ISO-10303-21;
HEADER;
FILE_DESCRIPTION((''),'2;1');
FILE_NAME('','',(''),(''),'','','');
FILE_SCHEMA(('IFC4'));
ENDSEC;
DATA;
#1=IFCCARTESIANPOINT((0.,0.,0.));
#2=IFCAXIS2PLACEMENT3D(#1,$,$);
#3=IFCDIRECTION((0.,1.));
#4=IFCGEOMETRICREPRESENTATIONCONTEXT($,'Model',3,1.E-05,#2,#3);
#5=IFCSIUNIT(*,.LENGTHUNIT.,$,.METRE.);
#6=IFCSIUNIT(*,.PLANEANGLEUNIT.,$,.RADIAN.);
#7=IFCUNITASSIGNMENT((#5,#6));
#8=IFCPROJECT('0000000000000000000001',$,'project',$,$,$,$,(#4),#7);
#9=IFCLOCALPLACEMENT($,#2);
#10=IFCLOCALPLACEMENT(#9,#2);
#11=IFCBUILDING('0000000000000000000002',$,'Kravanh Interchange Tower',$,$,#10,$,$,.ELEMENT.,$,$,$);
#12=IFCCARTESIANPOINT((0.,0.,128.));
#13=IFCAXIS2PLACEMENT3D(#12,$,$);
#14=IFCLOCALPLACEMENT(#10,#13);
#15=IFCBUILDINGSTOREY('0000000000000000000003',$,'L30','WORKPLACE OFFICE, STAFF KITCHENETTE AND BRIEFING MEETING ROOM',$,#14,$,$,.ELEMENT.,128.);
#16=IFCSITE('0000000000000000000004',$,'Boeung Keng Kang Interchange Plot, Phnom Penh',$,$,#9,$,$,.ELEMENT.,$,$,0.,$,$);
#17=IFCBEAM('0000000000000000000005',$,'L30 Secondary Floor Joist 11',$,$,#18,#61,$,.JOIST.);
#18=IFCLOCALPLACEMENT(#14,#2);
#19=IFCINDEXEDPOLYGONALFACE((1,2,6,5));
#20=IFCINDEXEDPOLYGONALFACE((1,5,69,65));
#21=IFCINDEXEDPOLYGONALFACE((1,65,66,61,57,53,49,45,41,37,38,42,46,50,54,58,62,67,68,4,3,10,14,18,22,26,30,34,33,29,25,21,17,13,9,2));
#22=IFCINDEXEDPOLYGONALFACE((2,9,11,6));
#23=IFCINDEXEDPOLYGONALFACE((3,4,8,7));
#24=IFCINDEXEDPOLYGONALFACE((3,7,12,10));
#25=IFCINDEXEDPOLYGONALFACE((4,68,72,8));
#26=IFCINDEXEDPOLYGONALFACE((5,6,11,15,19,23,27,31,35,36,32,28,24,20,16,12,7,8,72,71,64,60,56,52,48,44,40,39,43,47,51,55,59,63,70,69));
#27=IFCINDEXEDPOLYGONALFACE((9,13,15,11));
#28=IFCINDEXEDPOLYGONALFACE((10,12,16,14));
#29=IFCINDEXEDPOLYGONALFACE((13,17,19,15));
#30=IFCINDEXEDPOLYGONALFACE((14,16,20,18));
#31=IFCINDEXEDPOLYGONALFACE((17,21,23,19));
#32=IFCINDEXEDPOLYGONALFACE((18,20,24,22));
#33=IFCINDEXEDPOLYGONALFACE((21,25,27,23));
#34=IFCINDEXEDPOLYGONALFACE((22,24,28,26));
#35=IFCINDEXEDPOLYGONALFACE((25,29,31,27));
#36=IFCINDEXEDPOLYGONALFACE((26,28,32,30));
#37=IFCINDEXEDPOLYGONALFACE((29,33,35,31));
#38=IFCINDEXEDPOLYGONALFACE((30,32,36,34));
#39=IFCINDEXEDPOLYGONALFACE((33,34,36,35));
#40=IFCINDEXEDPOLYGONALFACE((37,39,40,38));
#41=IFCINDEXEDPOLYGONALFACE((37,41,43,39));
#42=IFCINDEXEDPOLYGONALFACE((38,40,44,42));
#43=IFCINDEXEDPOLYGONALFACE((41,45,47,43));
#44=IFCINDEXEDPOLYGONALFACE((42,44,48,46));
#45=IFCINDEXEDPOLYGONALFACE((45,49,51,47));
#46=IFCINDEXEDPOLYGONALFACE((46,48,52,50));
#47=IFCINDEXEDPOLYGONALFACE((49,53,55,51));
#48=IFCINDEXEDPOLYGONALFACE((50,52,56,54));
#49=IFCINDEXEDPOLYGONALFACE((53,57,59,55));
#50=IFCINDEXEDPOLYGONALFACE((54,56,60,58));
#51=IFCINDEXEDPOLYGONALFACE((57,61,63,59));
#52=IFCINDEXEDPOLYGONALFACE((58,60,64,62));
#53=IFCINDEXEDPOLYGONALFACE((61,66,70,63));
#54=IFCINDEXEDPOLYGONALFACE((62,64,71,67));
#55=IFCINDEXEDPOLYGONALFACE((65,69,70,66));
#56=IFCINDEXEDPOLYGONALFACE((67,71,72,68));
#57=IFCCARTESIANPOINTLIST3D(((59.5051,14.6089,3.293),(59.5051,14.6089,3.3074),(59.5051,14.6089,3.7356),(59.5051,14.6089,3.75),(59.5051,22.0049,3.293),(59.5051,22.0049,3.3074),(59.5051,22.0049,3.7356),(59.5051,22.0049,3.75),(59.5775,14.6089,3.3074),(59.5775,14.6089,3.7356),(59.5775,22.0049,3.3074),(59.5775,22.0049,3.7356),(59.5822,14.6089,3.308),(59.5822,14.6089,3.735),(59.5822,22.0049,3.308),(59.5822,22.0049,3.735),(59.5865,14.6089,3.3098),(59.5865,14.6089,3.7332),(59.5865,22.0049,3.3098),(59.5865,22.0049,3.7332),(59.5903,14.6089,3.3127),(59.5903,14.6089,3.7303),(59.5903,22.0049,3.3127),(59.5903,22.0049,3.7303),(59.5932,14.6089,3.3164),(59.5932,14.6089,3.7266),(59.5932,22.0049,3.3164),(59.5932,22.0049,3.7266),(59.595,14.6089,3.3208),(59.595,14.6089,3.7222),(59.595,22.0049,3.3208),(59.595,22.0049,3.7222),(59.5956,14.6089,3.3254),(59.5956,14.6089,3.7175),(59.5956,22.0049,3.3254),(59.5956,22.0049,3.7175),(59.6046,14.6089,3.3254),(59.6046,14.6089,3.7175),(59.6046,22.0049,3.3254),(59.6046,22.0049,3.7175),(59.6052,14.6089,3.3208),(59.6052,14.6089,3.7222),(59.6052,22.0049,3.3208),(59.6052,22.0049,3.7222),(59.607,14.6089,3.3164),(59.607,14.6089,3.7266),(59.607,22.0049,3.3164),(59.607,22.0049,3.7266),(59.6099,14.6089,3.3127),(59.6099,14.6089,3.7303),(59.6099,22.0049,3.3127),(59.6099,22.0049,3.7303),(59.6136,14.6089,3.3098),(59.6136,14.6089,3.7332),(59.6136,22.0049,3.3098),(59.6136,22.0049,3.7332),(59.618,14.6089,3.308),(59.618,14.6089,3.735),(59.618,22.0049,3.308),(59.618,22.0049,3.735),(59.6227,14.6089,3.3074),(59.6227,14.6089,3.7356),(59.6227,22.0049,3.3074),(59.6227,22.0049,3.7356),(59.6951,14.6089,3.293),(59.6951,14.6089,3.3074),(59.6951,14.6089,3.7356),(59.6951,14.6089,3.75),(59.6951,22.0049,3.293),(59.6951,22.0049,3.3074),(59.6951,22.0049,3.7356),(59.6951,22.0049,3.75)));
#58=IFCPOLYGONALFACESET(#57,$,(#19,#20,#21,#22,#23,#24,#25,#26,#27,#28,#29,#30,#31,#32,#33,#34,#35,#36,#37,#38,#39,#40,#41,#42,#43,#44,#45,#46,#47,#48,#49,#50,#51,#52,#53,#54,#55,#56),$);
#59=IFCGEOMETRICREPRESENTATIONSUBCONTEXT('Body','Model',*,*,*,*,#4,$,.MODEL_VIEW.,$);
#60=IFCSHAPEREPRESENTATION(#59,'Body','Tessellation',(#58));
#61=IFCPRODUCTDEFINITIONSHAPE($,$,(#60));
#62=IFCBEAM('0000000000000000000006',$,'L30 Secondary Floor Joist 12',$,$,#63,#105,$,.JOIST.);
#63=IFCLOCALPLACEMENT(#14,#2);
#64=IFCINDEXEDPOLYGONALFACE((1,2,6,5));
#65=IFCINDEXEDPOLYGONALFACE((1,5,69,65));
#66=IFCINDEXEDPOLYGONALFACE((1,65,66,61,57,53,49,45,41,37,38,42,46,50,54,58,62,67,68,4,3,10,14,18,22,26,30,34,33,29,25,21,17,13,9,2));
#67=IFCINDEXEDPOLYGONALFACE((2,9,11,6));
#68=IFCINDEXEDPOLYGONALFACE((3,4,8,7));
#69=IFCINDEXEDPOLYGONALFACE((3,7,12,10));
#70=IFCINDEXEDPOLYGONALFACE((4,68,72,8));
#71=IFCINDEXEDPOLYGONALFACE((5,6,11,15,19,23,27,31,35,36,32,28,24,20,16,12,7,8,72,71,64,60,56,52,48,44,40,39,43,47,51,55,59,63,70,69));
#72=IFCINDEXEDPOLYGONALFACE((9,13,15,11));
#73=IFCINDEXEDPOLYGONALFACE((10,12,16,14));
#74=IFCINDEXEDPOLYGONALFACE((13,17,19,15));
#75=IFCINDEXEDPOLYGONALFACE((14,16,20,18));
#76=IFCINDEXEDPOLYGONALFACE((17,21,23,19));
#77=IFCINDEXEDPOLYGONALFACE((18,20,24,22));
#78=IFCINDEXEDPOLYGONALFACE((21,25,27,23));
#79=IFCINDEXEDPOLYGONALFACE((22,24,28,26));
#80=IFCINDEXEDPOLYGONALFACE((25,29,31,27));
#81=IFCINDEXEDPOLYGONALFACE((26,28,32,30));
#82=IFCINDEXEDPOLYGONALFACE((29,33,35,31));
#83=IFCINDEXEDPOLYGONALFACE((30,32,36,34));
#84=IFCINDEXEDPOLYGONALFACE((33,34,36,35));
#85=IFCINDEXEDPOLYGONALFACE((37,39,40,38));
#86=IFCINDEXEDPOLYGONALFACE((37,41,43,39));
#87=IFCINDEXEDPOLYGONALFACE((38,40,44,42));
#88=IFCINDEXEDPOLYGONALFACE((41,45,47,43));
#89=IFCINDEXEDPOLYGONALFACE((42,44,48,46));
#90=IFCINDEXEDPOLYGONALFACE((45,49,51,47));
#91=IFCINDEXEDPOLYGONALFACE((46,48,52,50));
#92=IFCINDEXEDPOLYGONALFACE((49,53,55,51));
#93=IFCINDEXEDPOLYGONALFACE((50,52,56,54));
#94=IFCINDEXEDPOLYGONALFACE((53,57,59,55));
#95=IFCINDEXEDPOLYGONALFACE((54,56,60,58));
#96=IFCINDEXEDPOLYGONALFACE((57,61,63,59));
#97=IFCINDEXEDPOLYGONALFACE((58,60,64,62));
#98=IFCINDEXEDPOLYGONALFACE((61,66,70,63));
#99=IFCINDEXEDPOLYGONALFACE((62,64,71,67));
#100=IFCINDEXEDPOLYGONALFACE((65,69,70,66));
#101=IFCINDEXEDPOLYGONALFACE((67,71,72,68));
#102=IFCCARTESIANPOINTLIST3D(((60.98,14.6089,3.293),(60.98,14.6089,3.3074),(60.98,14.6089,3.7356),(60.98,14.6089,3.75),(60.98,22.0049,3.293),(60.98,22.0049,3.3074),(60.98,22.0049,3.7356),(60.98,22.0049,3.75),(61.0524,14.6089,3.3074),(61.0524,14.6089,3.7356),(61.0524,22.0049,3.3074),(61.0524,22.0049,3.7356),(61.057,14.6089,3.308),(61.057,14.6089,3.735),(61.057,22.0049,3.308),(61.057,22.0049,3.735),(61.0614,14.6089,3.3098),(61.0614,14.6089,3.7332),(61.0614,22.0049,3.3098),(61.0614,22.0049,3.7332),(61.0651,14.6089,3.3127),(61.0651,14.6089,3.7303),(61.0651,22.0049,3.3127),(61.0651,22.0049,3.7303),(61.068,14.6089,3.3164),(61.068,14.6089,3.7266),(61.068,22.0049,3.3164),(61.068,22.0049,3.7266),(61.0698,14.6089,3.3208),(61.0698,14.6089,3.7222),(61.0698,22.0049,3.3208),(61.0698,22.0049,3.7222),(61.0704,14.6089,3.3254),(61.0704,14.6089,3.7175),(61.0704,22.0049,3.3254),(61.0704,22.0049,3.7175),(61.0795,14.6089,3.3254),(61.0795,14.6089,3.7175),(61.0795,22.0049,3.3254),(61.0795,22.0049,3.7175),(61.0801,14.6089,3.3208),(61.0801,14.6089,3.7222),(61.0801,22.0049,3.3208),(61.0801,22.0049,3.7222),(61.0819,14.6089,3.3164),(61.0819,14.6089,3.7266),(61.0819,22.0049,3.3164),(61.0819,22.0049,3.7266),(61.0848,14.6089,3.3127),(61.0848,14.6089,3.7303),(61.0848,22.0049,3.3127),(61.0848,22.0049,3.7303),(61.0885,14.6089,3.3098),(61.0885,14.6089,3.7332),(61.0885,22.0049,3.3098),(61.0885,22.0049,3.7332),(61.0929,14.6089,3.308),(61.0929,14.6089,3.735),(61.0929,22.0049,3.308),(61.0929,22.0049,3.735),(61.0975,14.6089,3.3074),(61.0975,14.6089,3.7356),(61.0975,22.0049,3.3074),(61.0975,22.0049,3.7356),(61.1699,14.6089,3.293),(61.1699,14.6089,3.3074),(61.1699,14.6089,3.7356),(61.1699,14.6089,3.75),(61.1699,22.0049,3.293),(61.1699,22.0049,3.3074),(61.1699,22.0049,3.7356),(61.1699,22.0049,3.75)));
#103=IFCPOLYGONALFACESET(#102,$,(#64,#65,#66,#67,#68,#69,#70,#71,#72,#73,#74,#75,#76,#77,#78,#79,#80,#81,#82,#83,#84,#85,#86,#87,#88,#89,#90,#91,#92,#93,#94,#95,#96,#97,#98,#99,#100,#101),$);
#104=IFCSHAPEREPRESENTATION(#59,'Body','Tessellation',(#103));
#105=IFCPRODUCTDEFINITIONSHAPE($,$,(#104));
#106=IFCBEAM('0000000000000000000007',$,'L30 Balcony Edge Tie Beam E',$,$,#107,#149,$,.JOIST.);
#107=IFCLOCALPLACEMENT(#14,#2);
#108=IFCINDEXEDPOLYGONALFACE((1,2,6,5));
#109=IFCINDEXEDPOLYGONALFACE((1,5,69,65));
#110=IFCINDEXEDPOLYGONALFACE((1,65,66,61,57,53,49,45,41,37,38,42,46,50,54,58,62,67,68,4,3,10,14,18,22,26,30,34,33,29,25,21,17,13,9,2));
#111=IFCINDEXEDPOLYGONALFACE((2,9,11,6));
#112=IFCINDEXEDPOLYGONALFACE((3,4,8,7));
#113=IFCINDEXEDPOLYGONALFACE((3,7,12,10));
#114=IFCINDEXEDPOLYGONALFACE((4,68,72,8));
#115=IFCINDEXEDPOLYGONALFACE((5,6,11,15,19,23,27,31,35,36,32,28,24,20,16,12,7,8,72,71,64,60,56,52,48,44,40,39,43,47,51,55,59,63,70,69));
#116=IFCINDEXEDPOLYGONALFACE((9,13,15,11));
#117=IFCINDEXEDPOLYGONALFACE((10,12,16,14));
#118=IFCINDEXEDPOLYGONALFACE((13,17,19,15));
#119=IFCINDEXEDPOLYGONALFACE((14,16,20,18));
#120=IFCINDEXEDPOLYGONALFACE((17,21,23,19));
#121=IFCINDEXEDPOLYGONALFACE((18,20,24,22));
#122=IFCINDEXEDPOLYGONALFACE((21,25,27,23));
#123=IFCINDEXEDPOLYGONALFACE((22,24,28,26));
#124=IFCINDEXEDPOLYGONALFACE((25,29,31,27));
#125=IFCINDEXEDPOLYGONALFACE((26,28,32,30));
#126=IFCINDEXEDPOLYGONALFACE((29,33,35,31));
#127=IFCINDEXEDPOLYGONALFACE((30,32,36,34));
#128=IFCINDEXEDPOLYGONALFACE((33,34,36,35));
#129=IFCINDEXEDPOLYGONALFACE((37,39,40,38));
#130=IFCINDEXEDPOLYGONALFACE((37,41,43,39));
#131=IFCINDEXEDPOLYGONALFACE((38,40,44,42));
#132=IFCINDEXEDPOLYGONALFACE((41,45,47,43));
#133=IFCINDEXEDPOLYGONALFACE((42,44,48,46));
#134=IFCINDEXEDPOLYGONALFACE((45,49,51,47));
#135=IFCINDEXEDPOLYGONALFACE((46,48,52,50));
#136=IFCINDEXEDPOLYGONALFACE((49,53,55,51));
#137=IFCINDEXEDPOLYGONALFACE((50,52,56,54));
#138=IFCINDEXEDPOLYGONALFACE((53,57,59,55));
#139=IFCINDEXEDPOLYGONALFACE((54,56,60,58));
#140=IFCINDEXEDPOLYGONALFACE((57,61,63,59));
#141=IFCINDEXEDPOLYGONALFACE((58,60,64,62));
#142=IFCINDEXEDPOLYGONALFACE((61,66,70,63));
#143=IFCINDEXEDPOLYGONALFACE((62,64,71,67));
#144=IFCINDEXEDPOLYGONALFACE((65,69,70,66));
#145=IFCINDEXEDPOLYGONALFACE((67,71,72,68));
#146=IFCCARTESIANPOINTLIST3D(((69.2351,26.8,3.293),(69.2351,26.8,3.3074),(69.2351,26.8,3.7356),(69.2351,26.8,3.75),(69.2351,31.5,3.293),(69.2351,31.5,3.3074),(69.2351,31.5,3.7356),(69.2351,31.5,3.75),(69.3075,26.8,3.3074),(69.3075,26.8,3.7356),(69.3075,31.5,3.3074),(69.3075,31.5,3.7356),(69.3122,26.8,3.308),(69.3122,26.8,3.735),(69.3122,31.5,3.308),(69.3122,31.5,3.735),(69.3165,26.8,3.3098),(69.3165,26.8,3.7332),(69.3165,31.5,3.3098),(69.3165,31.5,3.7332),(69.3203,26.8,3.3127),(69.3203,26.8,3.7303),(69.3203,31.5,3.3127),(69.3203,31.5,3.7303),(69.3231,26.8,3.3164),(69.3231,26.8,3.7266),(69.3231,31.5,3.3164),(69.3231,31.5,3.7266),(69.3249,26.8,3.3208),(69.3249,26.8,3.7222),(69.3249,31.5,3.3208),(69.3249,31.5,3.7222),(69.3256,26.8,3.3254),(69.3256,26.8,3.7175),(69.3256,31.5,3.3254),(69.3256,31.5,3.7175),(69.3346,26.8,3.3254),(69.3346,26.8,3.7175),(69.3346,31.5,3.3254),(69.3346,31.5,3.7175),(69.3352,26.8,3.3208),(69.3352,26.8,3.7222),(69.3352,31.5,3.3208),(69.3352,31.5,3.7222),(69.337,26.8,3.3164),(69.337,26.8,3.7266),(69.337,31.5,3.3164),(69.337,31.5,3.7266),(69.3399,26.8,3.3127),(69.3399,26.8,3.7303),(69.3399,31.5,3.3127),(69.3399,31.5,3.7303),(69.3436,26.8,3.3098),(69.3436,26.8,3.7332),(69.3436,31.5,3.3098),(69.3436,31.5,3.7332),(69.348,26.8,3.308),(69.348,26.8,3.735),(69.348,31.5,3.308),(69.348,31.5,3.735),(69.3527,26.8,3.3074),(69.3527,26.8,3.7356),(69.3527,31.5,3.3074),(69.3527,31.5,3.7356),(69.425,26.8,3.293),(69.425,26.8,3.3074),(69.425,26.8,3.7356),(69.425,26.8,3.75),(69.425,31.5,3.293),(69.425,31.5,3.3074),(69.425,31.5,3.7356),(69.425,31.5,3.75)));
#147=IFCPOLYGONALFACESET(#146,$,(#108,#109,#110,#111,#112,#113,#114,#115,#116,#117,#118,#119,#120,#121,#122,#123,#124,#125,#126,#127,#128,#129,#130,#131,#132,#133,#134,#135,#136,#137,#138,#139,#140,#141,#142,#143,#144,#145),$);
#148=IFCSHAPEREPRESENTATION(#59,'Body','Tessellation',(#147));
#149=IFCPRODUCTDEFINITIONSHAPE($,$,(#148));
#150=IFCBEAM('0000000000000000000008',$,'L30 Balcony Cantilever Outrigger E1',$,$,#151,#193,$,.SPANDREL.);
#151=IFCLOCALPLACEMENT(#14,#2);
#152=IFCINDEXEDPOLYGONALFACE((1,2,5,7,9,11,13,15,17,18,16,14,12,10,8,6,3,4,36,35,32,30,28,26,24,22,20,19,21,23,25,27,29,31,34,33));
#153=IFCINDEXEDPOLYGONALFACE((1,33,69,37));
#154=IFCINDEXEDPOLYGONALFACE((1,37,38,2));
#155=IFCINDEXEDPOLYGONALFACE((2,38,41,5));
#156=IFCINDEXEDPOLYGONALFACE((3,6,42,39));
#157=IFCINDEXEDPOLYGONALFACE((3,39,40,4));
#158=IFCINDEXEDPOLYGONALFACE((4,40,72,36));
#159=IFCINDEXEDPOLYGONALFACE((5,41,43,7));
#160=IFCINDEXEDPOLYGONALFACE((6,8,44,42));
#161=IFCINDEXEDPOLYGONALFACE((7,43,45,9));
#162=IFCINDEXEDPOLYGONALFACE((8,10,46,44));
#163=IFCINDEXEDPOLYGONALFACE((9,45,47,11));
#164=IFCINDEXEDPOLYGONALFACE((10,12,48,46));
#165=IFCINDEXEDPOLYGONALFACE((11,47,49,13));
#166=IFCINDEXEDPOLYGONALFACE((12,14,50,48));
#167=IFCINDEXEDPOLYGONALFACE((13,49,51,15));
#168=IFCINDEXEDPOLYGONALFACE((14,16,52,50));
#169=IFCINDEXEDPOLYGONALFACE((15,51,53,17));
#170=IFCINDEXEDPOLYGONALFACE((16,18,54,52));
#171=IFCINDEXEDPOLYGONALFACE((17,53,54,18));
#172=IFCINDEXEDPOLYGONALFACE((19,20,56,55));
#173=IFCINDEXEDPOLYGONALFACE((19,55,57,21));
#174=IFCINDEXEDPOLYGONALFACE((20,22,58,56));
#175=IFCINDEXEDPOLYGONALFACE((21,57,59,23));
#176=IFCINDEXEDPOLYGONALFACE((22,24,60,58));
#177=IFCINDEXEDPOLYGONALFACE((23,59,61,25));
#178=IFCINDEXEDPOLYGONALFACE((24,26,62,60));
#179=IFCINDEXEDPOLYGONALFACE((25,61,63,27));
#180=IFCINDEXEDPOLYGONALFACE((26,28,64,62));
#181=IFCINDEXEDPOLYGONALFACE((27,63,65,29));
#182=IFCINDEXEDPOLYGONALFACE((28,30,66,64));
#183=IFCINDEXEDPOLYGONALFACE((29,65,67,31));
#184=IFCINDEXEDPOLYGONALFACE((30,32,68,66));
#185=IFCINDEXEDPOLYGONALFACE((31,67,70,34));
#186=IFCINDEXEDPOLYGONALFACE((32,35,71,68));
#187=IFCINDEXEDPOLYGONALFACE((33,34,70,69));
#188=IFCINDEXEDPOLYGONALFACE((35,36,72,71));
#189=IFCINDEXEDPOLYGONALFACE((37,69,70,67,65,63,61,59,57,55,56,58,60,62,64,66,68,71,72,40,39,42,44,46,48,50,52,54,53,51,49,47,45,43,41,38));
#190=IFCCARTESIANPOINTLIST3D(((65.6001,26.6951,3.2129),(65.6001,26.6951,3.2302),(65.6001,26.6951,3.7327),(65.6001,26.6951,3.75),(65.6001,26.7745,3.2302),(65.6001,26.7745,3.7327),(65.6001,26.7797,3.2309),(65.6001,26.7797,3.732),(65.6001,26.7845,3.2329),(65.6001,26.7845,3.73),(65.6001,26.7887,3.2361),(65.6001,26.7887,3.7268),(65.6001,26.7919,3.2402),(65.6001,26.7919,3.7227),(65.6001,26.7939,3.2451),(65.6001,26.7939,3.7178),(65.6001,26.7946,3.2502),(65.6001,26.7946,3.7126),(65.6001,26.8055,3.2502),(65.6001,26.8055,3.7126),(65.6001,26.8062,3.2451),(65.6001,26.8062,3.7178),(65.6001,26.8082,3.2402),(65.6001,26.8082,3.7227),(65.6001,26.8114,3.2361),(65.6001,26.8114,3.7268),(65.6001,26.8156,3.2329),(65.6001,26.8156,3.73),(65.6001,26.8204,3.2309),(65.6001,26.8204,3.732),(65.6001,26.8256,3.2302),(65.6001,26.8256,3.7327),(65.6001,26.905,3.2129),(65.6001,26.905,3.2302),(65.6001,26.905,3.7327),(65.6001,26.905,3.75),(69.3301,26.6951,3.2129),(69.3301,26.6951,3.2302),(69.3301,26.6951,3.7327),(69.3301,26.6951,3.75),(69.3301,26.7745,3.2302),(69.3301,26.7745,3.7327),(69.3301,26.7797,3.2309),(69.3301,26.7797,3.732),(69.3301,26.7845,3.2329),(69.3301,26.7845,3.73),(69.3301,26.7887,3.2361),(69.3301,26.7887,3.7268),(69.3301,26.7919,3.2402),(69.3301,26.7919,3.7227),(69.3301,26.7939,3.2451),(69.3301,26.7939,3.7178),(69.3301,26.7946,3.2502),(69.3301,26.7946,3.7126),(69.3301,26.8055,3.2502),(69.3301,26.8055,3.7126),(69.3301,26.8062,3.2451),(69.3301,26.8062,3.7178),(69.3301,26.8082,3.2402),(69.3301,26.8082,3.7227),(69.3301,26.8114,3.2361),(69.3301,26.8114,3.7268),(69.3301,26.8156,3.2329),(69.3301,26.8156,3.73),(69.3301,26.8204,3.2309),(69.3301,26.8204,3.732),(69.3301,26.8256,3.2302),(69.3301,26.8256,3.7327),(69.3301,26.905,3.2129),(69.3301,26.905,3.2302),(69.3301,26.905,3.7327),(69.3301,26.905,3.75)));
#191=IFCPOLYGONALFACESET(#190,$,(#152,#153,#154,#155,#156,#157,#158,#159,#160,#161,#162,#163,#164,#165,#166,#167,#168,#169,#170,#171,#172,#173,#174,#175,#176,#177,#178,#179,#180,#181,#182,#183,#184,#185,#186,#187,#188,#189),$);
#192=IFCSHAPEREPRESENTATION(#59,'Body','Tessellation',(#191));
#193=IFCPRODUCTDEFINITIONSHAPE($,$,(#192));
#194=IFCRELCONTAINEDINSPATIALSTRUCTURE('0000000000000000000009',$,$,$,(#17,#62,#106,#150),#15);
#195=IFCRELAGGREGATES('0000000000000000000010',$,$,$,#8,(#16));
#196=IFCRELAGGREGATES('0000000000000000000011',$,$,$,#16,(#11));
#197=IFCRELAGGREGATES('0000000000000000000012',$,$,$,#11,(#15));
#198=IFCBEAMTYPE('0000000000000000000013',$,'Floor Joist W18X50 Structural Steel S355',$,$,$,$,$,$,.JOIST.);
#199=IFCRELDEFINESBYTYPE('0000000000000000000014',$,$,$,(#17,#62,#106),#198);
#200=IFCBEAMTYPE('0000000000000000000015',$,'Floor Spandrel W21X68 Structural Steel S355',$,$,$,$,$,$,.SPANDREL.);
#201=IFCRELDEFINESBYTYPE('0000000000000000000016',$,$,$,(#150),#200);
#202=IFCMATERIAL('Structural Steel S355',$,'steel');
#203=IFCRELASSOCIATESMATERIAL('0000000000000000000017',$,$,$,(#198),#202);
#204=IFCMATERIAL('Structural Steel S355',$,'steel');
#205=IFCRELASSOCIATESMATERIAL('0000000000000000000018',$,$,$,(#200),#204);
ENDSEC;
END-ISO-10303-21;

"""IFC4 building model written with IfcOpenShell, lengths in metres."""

from ifc_helpers import new_model, si_unit, direction, frame, origin, origin_2d, place, context, subcontext, project, spatial, i_section, extrude, material, material_profile, profile_set, type_object, element, save


model = new_model("IFC4")

# Units and contexts
model_context = context("Model", 3, precision=1e-05, world=origin(), true_north=direction((0.0, 1.0)))
body_context = subcontext(model_context, "Body", "Model", "MODEL_VIEW")
ifc_project = project(units=[si_unit("LENGTHUNIT", "METRE"), si_unit("PLANEANGLEUNIT", "RADIAN")], contexts=[model_context])

# Site, building, storey
site_placement = place(None, origin())
site = spatial("IfcSite", under=ifc_project, at=site_placement, Name="Boeung Keng Kang Interchange Plot, Phnom Penh", CompositionType="ELEMENT", RefElevation=0.0)
building_placement = place(site_placement, origin())
building = spatial("IfcBuilding", under=site, at=building_placement, Name="Kravanh Interchange Tower", CompositionType="ELEMENT")
storey_placement = place(building_placement, frame((0.0, 0.0, 128.0)))
storey = spatial("IfcBuildingStorey", under=building, at=storey_placement, Name="L30", Description="WORKPLACE OFFICE, STAFF KITCHENETTE AND BRIEFING MEETING ROOM", CompositionType="ELEMENT", Elevation=128.0)

# Beams
ifc_material_1 = material(Name="Structural Steel S355", Category="steel")
ifc_material_profile_1 = material_profile(ifc_material_1, i_section(OverallWidth=0.1899, OverallDepth=0.457, WebThickness=0.009, FlangeThickness=0.0144, FilletRadius=0.0181, at=origin_2d()), Name="W18X50")
ifc_profile_set_1 = profile_set([ifc_material_profile_1], Name="Structural Steel S355")
beam_type_1 = type_object("IfcBeamType", Name="Floor Joist W18X50 Structural Steel S355", PredefinedType="JOIST", material=ifc_profile_set_1)
for number, where, z_axis, x_axis, name in (
    (1, (59.6001, 14.6089, 3.5215), (0.0, 1.0, 0.0), (-1.0, 0.0, 0.0), "L30 Secondary Floor Joist 11"),
    (2, (61.075, 14.6089, 3.5215), (0.0, 1.0, 0.0), (-1.0, 0.0, 0.0), "L30 Secondary Floor Joist 12"),
):
    element("IfcBeam", number, at=place(storey_placement, frame(where, z_axis=z_axis, x_axis=x_axis)), inside=storey, type_object=beam_type_1, Name=name, PredefinedType="JOIST", context=body_context, shape_type="SweptSolid", body=[
        extrude(i_section(OverallWidth=0.1899, OverallDepth=0.457, WebThickness=0.009, FlangeThickness=0.0144, FilletRadius=0.0181, at=origin_2d()), origin(), (0.0, 0.0, 1.0), 7.396),
    ])
beam_1_placement = place(storey_placement, frame((69.3301, 26.8, 3.5215), z_axis=(0.0, 1.0, 0.0), x_axis=(-1.0, 0.0, 0.0)))
element("IfcBeam", 3, at=beam_1_placement, inside=storey, type_object=beam_type_1, Name="L30 Balcony Edge Tie Beam E", PredefinedType="JOIST", context=body_context, shape_type="SweptSolid", body=[
    extrude(i_section(OverallWidth=0.1899, OverallDepth=0.457, WebThickness=0.009, FlangeThickness=0.0144, FilletRadius=0.0181, at=origin_2d()), origin(), (0.0, 0.0, 1.0), 4.7),
])
ifc_material_2 = material(Name="Structural Steel S355", Category="steel")
ifc_material_profile_2 = material_profile(ifc_material_2, i_section(OverallWidth=0.21, OverallDepth=0.5371, WebThickness=0.011, FlangeThickness=0.0173, FilletRadius=0.02, at=origin_2d()), Name="W21X68")
ifc_profile_set_2 = profile_set([ifc_material_profile_2], Name="Structural Steel S355")
beam_type_2 = type_object("IfcBeamType", Name="Floor Spandrel W21X68 Structural Steel S355", PredefinedType="SPANDREL", material=ifc_profile_set_2)
beam_2_placement = place(storey_placement, frame((65.6001, 26.8, 3.4814), z_axis=(1.0, 0.0, 0.0), x_axis=(0.0, 1.0, 0.0)))
element("IfcBeam", 4, at=beam_2_placement, inside=storey, type_object=beam_type_2, Name="L30 Balcony Cantilever Outrigger E1", PredefinedType="SPANDREL", context=body_context, shape_type="SweptSolid", body=[
    extrude(i_section(OverallWidth=0.21, OverallDepth=0.5371, WebThickness=0.011, FlangeThickness=0.0173, FilletRadius=0.02, at=origin_2d()), origin(), (0.0, 0.0, 1.0), 3.73),
])

save(model, "model.ifc")
